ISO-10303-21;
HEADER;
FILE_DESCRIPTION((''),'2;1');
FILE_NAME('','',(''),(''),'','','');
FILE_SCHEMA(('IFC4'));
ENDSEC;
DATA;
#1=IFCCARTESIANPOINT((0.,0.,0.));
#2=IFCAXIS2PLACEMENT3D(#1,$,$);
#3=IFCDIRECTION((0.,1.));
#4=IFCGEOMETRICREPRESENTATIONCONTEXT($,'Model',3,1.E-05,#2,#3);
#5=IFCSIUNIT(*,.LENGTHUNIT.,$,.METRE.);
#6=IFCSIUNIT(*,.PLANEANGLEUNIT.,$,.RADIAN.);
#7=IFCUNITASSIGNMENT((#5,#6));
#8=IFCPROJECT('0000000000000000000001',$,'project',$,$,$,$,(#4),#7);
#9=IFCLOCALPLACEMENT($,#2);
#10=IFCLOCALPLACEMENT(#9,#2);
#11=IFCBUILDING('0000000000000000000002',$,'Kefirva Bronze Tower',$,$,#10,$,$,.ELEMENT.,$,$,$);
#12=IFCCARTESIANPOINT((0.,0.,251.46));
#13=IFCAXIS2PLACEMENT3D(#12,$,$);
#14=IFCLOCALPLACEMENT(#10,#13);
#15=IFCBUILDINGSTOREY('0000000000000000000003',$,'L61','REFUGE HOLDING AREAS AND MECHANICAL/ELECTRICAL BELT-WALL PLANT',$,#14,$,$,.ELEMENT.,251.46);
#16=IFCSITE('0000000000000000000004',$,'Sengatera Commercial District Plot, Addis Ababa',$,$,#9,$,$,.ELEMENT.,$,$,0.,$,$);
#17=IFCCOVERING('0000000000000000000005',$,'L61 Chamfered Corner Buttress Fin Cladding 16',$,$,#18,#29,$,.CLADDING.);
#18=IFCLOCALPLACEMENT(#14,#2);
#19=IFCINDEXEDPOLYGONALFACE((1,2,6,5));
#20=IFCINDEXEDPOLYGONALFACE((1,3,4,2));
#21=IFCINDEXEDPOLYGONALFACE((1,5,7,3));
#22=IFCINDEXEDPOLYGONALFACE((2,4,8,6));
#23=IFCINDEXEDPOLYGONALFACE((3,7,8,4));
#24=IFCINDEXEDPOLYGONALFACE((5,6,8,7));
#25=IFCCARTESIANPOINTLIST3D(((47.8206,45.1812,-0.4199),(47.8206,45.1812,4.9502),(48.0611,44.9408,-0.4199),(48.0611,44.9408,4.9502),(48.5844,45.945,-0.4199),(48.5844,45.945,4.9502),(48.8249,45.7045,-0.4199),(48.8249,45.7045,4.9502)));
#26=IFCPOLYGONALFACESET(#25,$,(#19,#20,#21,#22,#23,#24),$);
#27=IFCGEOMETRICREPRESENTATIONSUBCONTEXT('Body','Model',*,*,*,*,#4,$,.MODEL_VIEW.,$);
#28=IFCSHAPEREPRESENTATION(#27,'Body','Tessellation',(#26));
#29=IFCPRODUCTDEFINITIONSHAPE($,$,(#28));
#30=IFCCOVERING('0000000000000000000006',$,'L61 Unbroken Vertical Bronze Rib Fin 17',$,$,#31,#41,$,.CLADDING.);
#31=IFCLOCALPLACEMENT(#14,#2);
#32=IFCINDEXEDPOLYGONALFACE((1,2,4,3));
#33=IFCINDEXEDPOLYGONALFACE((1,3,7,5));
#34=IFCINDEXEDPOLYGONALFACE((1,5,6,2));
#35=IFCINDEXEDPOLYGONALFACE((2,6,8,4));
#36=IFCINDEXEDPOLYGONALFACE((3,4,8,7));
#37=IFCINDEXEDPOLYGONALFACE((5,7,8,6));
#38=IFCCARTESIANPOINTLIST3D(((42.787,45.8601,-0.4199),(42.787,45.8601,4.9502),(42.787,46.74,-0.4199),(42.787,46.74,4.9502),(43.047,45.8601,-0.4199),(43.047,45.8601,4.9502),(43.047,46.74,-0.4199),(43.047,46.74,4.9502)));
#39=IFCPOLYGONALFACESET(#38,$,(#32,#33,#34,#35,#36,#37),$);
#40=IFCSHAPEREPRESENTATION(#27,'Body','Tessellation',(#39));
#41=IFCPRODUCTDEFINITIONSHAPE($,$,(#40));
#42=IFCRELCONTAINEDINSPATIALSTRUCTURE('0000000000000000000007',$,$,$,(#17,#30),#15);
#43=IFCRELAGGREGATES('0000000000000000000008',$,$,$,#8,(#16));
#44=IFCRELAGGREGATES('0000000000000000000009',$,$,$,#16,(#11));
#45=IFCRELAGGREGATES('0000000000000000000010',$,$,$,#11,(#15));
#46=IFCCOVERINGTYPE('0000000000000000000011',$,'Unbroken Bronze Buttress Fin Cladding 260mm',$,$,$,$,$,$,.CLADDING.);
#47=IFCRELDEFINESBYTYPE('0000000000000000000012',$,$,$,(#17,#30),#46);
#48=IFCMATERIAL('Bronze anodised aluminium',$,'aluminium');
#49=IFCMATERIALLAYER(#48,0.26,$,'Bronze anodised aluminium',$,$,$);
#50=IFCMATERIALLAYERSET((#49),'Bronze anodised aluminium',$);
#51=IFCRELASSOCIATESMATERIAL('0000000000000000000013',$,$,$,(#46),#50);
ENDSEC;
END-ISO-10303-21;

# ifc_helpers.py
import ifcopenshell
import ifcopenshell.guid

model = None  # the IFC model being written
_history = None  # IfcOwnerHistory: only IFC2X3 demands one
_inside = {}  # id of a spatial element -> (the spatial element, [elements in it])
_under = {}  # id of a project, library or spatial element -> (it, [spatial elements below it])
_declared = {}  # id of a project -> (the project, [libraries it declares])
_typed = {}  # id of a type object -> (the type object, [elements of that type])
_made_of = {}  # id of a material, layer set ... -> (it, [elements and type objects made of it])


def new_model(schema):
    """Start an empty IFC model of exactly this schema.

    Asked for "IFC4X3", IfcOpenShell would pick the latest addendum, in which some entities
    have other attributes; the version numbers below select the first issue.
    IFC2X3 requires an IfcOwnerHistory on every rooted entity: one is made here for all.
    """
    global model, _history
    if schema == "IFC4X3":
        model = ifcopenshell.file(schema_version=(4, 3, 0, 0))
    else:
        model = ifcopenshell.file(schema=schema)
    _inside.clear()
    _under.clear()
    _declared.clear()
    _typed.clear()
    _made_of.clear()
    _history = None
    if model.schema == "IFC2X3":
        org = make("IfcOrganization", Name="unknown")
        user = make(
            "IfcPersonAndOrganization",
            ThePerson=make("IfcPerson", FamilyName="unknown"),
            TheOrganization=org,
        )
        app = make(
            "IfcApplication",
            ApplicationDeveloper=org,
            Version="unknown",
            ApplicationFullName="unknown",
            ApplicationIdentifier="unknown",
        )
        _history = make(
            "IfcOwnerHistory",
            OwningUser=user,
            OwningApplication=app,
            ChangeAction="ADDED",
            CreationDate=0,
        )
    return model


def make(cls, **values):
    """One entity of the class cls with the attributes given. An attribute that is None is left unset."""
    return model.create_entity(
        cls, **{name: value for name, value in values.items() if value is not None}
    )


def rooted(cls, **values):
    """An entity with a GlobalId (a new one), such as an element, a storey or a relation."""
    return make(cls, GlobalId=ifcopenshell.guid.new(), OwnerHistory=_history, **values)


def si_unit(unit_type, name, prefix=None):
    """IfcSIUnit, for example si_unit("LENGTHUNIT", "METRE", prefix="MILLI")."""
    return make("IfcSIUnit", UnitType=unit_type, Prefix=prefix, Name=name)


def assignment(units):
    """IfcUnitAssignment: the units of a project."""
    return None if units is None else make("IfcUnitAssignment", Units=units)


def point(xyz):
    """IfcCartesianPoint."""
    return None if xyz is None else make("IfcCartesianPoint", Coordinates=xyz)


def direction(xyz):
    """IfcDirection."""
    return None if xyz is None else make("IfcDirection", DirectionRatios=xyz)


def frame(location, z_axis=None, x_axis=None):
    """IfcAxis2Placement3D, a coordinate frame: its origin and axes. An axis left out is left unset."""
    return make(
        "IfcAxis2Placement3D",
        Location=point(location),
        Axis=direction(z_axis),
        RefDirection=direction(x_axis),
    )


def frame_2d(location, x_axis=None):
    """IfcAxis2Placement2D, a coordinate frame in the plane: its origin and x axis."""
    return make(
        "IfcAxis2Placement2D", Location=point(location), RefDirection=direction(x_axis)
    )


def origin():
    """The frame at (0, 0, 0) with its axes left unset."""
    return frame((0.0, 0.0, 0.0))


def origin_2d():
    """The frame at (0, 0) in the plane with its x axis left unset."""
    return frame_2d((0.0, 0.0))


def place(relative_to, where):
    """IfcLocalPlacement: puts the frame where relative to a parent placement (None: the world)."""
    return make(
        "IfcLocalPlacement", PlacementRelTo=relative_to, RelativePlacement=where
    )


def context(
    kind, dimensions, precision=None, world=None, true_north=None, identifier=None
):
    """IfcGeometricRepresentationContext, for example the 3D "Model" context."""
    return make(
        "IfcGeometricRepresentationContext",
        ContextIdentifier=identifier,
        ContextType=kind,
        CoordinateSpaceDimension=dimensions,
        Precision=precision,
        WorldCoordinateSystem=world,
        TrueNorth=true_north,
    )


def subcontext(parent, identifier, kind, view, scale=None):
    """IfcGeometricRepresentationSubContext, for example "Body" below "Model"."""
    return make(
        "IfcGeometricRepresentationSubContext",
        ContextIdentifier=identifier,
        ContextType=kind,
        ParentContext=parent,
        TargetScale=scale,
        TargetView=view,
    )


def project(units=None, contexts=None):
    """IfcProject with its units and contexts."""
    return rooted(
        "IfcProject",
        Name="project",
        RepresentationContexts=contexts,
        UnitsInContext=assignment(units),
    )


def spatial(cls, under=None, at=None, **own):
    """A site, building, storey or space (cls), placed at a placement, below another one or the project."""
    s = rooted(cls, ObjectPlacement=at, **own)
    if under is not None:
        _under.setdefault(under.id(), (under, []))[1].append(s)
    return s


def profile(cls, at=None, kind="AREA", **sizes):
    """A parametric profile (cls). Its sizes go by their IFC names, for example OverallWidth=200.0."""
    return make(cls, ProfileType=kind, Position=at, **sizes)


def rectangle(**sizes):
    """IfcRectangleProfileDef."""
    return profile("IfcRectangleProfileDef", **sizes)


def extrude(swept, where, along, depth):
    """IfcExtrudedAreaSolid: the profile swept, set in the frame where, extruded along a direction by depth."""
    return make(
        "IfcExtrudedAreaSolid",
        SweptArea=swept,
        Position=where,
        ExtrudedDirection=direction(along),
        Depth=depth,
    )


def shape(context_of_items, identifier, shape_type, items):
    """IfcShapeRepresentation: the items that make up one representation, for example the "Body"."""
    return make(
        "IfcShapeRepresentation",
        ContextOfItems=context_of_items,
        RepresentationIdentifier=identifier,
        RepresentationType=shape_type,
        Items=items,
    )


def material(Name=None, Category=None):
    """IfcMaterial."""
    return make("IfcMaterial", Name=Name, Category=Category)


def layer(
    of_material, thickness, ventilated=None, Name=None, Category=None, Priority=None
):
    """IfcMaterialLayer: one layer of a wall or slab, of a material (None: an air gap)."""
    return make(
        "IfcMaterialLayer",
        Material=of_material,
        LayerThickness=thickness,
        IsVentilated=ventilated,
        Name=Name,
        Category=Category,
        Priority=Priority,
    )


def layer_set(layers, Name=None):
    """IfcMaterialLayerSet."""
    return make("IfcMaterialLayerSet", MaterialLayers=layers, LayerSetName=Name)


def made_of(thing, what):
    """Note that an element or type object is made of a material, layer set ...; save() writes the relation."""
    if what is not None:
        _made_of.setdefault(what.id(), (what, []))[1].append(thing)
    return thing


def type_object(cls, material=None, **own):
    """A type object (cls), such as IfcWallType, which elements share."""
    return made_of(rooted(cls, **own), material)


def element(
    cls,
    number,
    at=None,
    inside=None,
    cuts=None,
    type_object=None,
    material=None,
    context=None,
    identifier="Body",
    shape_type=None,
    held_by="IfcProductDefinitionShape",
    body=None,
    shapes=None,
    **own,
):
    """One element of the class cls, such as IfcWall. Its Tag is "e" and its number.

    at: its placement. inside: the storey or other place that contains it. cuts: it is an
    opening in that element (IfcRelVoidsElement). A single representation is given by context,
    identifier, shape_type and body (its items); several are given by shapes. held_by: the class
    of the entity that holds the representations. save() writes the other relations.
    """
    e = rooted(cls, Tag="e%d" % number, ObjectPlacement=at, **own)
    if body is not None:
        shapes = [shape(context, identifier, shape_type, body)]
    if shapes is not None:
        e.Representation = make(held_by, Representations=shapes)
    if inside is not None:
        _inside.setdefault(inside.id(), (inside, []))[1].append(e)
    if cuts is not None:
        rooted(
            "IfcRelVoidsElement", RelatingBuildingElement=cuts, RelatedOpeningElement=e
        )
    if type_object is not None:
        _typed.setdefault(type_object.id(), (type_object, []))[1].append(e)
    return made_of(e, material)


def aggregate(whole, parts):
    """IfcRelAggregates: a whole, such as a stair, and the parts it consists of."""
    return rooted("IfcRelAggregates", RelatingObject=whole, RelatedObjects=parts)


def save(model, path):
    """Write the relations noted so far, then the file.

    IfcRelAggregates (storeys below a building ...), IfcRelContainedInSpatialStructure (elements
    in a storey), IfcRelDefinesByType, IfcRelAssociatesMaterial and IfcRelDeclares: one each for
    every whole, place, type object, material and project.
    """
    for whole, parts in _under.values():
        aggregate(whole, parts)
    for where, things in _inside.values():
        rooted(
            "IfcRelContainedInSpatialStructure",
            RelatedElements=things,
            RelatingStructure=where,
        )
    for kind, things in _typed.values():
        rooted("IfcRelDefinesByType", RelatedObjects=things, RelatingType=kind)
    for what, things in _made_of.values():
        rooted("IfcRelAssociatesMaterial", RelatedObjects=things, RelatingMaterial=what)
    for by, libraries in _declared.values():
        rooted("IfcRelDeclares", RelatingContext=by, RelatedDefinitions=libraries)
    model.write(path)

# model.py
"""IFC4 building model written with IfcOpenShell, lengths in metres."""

from ifc_helpers import new_model, si_unit, direction, frame, origin, origin_2d, place, context, subcontext, project, spatial, rectangle, extrude, material, layer, layer_set, type_object, element, save


model = new_model("IFC4")

# Units and contexts
model_context = context("Model", 3, precision=1e-05, world=origin(), true_north=direction((0.0, 1.0)))
body_context = subcontext(model_context, "Body", "Model", "MODEL_VIEW")
ifc_project = project(units=[si_unit("LENGTHUNIT", "METRE"), si_unit("PLANEANGLEUNIT", "RADIAN")], contexts=[model_context])

# Site, building, storey
site_placement = place(None, origin())
site = spatial("IfcSite", under=ifc_project, at=site_placement, Name="Sengatera Commercial District Plot, Addis Ababa", CompositionType="ELEMENT", RefElevation=0.0)
building_placement = place(site_placement, origin())
building = spatial("IfcBuilding", under=site, at=building_placement, Name="Kefirva Bronze Tower", CompositionType="ELEMENT")
storey_placement = place(building_placement, frame((0.0, 0.0, 251.46)))
storey = spatial("IfcBuildingStorey", under=building, at=storey_placement, Name="L61", Description="REFUGE HOLDING AREAS AND MECHANICAL/ELECTRICAL BELT-WALL PLANT", CompositionType="ELEMENT", Elevation=251.46)

# Shared definitions
ifc_material_1 = material(Name="Bronze anodised aluminium", Category="aluminium")

# Coverings
ifc_layer_1 = layer(ifc_material_1, 0.26, Name="Bronze anodised aluminium")
ifc_layer_set_1 = layer_set([ifc_layer_1], Name="Bronze anodised aluminium")
covering_type_1 = type_object("IfcCoveringType", Name="Unbroken Bronze Buttress Fin Cladding 260mm", PredefinedType="CLADDING", material=ifc_layer_set_1)
for number, where, z_axis, x_axis, name in (
    (1, (48.3228, 45.4429, -0.4199), (0.0, 0.0, 1.0), (-0.707107, 0.707107, 0.0), "L61 Chamfered Corner Buttress Fin Cladding 16"),
):
    element("IfcCovering", number, at=place(storey_placement, frame(where, z_axis=z_axis, x_axis=x_axis)), inside=storey, type_object=covering_type_1, Name=name, PredefinedType="CLADDING", context=body_context, shape_type="SweptSolid", body=[
        extrude(rectangle(XDim=0.3401, YDim=1.0801, at=origin_2d()), origin(), (0.0, 0.0, 1.0), 5.3701),
    ])
covering_1_placement = place(storey_placement, frame((42.917, 46.3, -0.4199), z_axis=(0.0, 0.0, 1.0), x_axis=(-1.0, 0.0, 0.0)))
element("IfcCovering", 2, at=covering_1_placement, inside=storey, type_object=covering_type_1, Name="L61 Unbroken Vertical Bronze Rib Fin 17", PredefinedType="CLADDING", context=body_context, shape_type="SweptSolid", body=[
    extrude(rectangle(XDim=0.26, YDim=0.8799, at=origin_2d()), origin(), (0.0, 0.0, 1.0), 5.3701),
])

save(model, "model.ifc")
